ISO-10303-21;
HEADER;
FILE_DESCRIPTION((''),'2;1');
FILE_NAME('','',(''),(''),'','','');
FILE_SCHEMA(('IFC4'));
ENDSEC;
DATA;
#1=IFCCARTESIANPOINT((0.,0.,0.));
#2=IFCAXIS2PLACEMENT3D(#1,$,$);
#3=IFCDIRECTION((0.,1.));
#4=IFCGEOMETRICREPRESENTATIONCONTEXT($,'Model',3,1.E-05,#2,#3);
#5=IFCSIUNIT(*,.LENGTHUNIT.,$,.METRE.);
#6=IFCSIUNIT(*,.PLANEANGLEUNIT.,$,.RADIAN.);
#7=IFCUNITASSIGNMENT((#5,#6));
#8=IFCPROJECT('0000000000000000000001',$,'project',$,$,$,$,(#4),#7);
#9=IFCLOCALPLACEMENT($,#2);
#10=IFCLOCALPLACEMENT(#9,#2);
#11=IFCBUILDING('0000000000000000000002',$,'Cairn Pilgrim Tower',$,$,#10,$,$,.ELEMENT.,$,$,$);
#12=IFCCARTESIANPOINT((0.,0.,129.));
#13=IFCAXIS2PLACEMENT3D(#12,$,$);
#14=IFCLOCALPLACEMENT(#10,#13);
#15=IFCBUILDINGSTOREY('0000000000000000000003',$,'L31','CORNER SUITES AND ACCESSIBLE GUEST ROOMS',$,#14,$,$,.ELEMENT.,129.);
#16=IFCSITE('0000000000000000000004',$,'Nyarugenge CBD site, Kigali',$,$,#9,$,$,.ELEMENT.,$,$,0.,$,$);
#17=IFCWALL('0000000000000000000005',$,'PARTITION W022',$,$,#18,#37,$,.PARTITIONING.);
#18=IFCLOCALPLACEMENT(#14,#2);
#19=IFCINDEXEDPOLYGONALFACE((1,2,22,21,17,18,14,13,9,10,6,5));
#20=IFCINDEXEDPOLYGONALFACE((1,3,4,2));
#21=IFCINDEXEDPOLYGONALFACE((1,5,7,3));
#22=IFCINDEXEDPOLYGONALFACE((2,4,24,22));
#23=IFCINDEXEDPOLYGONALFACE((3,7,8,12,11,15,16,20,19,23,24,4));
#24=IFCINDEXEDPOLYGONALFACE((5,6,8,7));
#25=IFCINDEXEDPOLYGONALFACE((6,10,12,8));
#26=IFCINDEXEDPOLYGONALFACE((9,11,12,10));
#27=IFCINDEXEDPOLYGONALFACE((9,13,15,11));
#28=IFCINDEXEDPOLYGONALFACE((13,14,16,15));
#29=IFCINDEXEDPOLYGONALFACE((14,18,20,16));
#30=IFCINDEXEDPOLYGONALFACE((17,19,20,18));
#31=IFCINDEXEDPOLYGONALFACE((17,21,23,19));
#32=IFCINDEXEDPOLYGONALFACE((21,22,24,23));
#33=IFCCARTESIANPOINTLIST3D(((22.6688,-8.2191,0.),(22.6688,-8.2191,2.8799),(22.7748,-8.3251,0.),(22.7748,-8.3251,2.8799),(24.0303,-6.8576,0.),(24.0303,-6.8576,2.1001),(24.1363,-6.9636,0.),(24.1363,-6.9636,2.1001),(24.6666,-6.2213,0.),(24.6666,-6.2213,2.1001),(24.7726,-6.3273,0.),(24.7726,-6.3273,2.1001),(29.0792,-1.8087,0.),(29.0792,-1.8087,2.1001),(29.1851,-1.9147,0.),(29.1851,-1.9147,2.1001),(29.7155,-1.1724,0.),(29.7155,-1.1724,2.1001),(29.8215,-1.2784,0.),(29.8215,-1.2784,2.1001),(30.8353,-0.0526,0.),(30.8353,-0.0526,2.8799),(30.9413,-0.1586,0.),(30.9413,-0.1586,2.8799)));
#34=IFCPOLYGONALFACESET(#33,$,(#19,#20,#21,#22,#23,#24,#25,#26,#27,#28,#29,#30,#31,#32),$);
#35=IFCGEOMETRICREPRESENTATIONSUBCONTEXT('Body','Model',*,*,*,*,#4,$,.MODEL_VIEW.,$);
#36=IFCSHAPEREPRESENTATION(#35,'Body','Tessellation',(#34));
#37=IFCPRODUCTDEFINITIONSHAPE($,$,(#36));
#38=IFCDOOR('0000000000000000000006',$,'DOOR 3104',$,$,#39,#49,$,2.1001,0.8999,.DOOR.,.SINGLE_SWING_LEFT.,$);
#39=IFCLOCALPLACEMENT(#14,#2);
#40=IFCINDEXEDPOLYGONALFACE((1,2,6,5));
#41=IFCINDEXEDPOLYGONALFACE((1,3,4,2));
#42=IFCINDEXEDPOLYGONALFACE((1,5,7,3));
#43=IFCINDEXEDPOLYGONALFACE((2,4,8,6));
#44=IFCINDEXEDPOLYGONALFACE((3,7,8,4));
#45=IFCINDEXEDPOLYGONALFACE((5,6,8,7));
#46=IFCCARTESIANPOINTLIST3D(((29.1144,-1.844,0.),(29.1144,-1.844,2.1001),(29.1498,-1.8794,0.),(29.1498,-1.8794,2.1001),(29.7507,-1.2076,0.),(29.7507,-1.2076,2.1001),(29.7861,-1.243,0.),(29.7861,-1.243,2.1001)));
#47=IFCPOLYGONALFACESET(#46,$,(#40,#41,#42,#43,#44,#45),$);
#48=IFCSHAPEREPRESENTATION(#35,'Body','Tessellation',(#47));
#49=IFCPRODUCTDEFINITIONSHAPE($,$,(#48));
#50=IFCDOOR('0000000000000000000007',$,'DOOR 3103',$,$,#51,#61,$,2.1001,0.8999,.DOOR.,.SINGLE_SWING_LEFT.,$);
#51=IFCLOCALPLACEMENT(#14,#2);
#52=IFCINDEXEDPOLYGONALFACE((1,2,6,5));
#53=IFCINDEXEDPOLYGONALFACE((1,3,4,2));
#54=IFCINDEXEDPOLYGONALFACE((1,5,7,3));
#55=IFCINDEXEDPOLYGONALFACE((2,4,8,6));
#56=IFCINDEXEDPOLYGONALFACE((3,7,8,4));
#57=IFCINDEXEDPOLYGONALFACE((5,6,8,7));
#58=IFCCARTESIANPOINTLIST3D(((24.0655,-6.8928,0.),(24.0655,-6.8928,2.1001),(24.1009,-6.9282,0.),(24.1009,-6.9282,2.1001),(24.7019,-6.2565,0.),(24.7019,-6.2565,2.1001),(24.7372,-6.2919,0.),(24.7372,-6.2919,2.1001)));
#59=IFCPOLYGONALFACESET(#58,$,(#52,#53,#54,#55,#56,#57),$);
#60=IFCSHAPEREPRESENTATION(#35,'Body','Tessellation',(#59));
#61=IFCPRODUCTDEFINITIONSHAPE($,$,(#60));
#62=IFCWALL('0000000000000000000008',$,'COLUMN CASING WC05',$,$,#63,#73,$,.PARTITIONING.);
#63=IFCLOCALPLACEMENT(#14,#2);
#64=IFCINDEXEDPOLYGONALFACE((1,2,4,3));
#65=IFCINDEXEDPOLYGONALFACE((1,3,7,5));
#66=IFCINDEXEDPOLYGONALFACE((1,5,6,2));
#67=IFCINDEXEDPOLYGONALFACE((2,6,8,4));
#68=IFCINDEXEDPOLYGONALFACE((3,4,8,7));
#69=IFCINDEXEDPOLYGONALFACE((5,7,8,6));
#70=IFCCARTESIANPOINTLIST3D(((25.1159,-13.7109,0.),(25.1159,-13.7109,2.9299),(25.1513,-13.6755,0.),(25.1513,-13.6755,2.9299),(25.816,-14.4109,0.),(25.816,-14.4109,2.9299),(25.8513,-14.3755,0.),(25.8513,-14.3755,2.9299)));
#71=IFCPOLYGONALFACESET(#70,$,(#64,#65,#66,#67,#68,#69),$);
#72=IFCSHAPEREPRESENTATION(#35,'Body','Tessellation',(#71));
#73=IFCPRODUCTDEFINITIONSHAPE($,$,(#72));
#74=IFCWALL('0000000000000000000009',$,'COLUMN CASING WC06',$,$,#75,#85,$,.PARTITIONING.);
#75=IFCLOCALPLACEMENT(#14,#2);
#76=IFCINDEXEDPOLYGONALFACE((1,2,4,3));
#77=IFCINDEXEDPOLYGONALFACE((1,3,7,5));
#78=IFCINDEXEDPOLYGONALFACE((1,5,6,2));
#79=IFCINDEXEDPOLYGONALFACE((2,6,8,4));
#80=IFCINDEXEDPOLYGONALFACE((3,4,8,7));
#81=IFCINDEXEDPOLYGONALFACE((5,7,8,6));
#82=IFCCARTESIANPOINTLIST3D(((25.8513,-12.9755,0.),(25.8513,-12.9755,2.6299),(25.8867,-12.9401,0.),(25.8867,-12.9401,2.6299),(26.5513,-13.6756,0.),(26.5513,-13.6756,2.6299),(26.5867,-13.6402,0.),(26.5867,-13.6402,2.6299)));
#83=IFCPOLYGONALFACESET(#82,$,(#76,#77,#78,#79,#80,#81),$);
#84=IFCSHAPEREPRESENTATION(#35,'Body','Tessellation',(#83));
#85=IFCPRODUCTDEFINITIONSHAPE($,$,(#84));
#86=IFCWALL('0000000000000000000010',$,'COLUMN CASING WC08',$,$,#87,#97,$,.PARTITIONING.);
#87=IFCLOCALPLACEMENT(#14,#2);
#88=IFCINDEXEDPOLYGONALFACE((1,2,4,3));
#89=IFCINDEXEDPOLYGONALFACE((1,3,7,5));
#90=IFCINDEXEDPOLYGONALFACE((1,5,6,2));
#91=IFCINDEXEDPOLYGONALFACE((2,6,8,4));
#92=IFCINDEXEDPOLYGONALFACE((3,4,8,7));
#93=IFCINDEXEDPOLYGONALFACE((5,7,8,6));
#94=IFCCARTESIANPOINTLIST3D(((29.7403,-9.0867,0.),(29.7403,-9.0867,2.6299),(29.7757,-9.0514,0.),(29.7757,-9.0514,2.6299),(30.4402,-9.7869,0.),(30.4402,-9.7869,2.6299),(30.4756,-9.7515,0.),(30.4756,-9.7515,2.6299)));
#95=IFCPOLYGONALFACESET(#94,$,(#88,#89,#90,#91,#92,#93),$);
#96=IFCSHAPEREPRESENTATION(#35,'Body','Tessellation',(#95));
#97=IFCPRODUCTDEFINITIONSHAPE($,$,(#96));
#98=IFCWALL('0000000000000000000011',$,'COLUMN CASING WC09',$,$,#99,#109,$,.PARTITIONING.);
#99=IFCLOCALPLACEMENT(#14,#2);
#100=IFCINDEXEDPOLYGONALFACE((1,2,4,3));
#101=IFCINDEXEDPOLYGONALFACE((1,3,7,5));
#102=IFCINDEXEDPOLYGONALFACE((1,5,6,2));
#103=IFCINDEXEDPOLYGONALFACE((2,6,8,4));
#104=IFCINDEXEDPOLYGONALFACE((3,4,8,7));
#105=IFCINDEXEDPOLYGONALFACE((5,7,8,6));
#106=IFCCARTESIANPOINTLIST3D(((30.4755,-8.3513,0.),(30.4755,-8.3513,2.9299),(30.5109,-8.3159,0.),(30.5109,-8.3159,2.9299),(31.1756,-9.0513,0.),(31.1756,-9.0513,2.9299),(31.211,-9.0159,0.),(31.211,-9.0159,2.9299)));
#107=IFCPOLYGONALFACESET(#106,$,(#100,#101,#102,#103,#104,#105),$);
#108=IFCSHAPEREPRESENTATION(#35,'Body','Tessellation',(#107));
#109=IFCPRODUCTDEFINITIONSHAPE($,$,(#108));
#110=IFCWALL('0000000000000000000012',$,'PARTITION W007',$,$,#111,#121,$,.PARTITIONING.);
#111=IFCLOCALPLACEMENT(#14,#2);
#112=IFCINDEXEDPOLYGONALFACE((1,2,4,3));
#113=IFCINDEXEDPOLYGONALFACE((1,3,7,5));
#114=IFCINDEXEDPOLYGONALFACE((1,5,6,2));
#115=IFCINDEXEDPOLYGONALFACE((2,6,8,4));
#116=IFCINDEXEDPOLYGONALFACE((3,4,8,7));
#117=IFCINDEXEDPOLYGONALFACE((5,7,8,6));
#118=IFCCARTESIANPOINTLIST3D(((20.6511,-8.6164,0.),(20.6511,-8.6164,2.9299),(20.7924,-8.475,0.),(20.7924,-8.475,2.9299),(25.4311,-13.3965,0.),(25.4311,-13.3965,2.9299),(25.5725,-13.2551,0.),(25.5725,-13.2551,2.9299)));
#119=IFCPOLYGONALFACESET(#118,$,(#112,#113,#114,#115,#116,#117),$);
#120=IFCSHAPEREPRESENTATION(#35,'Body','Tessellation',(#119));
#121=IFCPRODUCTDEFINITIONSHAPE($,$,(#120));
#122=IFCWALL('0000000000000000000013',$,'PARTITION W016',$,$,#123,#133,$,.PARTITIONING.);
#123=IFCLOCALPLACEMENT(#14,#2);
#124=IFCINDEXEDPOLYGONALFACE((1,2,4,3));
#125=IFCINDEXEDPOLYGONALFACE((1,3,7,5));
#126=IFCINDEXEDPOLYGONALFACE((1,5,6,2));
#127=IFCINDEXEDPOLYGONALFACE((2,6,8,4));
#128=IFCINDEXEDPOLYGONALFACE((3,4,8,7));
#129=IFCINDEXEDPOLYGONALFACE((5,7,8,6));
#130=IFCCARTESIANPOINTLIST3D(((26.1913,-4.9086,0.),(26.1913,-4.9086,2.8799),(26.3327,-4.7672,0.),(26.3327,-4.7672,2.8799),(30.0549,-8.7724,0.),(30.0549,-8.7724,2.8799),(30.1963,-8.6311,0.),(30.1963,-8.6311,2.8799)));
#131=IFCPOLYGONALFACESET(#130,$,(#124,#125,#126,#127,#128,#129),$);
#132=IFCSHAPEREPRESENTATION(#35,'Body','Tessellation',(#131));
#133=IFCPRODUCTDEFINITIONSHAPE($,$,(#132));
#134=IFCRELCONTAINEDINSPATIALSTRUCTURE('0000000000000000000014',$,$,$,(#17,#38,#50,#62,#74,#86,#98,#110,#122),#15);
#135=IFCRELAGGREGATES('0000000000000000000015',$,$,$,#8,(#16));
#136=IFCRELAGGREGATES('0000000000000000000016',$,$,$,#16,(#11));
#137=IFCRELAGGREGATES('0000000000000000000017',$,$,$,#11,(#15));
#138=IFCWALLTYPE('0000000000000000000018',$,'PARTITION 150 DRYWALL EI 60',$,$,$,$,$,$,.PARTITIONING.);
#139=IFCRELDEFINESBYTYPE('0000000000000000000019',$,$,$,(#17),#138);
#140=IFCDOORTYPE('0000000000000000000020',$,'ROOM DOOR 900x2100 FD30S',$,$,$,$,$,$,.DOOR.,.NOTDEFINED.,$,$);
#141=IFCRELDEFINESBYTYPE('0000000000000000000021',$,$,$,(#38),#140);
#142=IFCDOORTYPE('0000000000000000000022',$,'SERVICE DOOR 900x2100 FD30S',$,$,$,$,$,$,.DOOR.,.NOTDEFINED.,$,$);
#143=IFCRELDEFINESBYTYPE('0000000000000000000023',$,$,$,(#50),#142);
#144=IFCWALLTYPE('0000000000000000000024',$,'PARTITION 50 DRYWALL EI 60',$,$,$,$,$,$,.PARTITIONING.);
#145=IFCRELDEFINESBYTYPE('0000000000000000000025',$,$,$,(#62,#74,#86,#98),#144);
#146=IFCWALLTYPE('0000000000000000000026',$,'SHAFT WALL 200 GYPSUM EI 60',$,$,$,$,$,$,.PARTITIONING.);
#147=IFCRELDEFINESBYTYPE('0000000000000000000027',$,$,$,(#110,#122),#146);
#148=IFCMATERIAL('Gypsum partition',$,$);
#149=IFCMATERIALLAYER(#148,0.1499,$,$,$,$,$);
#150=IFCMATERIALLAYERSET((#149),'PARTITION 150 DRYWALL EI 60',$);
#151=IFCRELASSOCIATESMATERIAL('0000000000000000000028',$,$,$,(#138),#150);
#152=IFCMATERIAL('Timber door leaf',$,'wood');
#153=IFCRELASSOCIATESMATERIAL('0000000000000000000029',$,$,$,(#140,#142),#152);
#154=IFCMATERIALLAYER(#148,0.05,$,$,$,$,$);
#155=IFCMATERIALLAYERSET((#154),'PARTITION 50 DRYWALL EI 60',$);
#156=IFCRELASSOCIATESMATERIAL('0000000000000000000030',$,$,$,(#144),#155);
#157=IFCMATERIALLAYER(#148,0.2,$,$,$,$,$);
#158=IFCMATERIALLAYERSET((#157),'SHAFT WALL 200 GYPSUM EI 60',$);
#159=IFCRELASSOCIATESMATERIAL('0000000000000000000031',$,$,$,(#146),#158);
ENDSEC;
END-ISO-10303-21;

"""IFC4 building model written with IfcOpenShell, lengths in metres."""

from ifc_helpers import new_model, si_unit, direction, frame, frame_2d, origin, place, context, subcontext, project, spatial, rectangle, extrude, material, layer, layer_set, type_object, element, fill, save


model = new_model("IFC4")

# Units and contexts
model_context = context("Model", 3, precision=1e-05, world=origin(), true_north=direction((0.0, 1.0)))
body_context = subcontext(model_context, "Body", "Model", "MODEL_VIEW")
ifc_project = project(units=[si_unit("LENGTHUNIT", "METRE"), si_unit("PLANEANGLEUNIT", "RADIAN")], contexts=[model_context])

# Site, building, storey
site_placement = place(None, origin())
site = spatial("IfcSite", under=ifc_project, at=site_placement, Name="Nyarugenge CBD site, Kigali", CompositionType="ELEMENT", RefElevation=0.0)
building_placement = place(site_placement, origin())
building = spatial("IfcBuilding", under=site, at=building_placement, Name="Cairn Pilgrim Tower", CompositionType="ELEMENT")
storey_placement = place(building_placement, frame((0.0, 0.0, 129.0)))
storey = spatial("IfcBuildingStorey", under=building, at=storey_placement, Name="L31", Description="CORNER SUITES AND ACCESSIBLE GUEST ROOMS", CompositionType="ELEMENT", Elevation=129.0)

# Shared definitions
ifc_material_1 = material(Name="Gypsum partition")
ifc_layer_1 = layer(ifc_material_1, 0.1499)
ifc_layer_set_1 = layer_set([ifc_layer_1], Name="PARTITION 150 DRYWALL EI 60")
wall_type_1 = type_object("IfcWallType", Name="PARTITION 150 DRYWALL EI 60", PredefinedType="PARTITIONING", material=ifc_layer_set_1)

# Wall, openings, doors
wall_1_placement = place(storey_placement, frame((22.7219, -8.272, 0.0), z_axis=(0.0, 0.0, 1.0), x_axis=(0.707107, 0.707107, 0.0)))
wall_1 = element("IfcWall", 1, at=wall_1_placement, inside=storey, type_object=wall_type_1, Name="PARTITION W022", PredefinedType="PARTITIONING", context=body_context, shape_type="SweptSolid", body=[
    extrude(rectangle(XDim=11.5491, YDim=0.1499, at=frame_2d((5.7744, 0.0))), origin(), (0.0, 0.0, 1.0), 2.8799),
])
opening_1_placement = place(wall_1_placement, frame((1.9253, 0.0, 0.0)))
opening_1 = element("IfcOpeningElement", 2, at=opening_1_placement, cuts=wall_1, PredefinedType="OPENING", context=body_context, shape_type="SweptSolid", body=[
    extrude(rectangle(XDim=0.8999, YDim=2.1001, at=frame_2d((0.45, 1.05))), frame((0.0, 0.085, 0.0), z_axis=(0.0, -1.0, 0.0), x_axis=(1.0, 0.0, 0.0)), (0.0, 0.0, 1.0), 0.1699),
])
opening_2_placement = place(wall_1_placement, frame((9.0654, 0.0, 0.0)))
opening_2 = element("IfcOpeningElement", 3, at=opening_2_placement, cuts=wall_1, PredefinedType="OPENING", context=body_context, shape_type="SweptSolid", body=[
    extrude(rectangle(XDim=0.8999, YDim=2.1001, at=frame_2d((0.45, 1.05))), frame((0.0, 0.085, 0.0), z_axis=(0.0, -1.0, 0.0), x_axis=(1.0, 0.0, 0.0)), (0.0, 0.0, 1.0), 0.1699),
])
ifc_material_2 = material(Name="Timber door leaf", Category="wood")
door_type_1 = type_object("IfcDoorType", Name="ROOM DOOR 900x2100 FD30S", OperationType="NOTDEFINED", PredefinedType="DOOR", material=ifc_material_2)
door_1_placement = place(opening_2_placement, frame((0.8999, 0.0, 0.0), z_axis=(0.0, 0.0, 1.0), x_axis=(-1.0, 0.0, 0.0)))
door_1 = element("IfcDoor", 4, at=door_1_placement, inside=storey, type_object=door_type_1, Name="DOOR 3104", OperationType="SINGLE_SWING_LEFT", OverallHeight=2.1001, OverallWidth=0.8999, PredefinedType="DOOR", context=body_context, shape_type="SweptSolid", body=[
    extrude(rectangle(XDim=0.8999, YDim=2.1001, at=frame_2d((0.45, 1.05))), frame((0.0, 0.0249, 0.0), z_axis=(0.0, -1.0, 0.0), x_axis=(1.0, 0.0, 0.0)), (0.0, 0.0, 1.0), 0.05),
])
fill(opening_2, door_1)
door_type_2 = type_object("IfcDoorType", Name="SERVICE DOOR 900x2100 FD30S", OperationType="NOTDEFINED", PredefinedType="DOOR", material=ifc_material_2)
door_2_placement = place(opening_1_placement, frame((0.8999, 0.0, 0.0), z_axis=(0.0, 0.0, 1.0), x_axis=(-1.0, 0.0, 0.0)))
door_2 = element("IfcDoor", 5, at=door_2_placement, inside=storey, type_object=door_type_2, Name="DOOR 3103", OperationType="SINGLE_SWING_LEFT", OverallHeight=2.1001, OverallWidth=0.8999, PredefinedType="DOOR", context=body_context, shape_type="SweptSolid", body=[
    extrude(rectangle(XDim=0.8999, YDim=2.1001, at=frame_2d((0.45, 1.05))), frame((0.0, 0.0249, 0.0), z_axis=(0.0, -1.0, 0.0), x_axis=(1.0, 0.0, 0.0)), (0.0, 0.0, 1.0), 0.05),
])
fill(opening_1, door_2)

# Walls
ifc_layer_2 = layer(ifc_material_1, 0.05)
ifc_layer_set_2 = layer_set([ifc_layer_2], Name="PARTITION 50 DRYWALL EI 60")
wall_type_2 = type_object("IfcWallType", Name="PARTITION 50 DRYWALL EI 60", PredefinedType="PARTITIONING", material=ifc_layer_set_2)
wall_2_placement = place(storey_placement, frame((25.8337, -14.3933, 0.0), z_axis=(0.0, 0.0, 1.0), x_axis=(-0.707107, 0.707107, 0.0)))
element("IfcWall", 6, at=wall_2_placement, inside=storey, type_object=wall_type_2, Name="COLUMN CASING WC05", PredefinedType="PARTITIONING", context=body_context, shape_type="SweptSolid", body=[
    extrude(rectangle(XDim=0.99, YDim=0.05, at=frame_2d((0.4951, 0.0))), origin(), (0.0, 0.0, 1.0), 2.9299),
])
for number, where, z_axis, x_axis, name in (
    (7, (26.5691, -13.658, 0.0), (0.0, 0.0, 1.0), (-0.707107, 0.707107, 0.0), "COLUMN CASING WC06"),
    (8, (30.458, -9.7693, 0.0), (0.0, 0.0, 1.0), (-0.706983, 0.70723, 0.0), "COLUMN CASING WC08"),
):
    element("IfcWall", number, at=place(storey_placement, frame(where, z_axis=z_axis, x_axis=x_axis)), inside=storey, type_object=wall_type_2, Name=name, PredefinedType="PARTITIONING", context=body_context, shape_type="SweptSolid", body=[
        extrude(rectangle(XDim=0.99, YDim=0.05, at=frame_2d((0.4951, 0.0))), origin(), (0.0, 0.0, 1.0), 2.6299),
    ])
wall_3_placement = place(storey_placement, frame((31.1934, -9.0337, 0.0), z_axis=(0.0, 0.0, 1.0), x_axis=(-0.707107, 0.707107, 0.0)))
element("IfcWall", 9, at=wall_3_placement, inside=storey, type_object=wall_type_2, Name="COLUMN CASING WC09", PredefinedType="PARTITIONING", context=body_context, shape_type="SweptSolid", body=[
    extrude(rectangle(XDim=0.99, YDim=0.05, at=frame_2d((0.4951, 0.0))), origin(), (0.0, 0.0, 1.0), 2.9299),
])
ifc_layer_3 = layer(ifc_material_1, 0.2)
ifc_layer_set_3 = layer_set([ifc_layer_3], Name="SHAFT WALL 200 GYPSUM EI 60")
wall_type_3 = type_object("IfcWallType", Name="SHAFT WALL 200 GYPSUM EI 60", PredefinedType="PARTITIONING", material=ifc_layer_set_3)
wall_4_placement = place(storey_placement, frame((25.5017, -13.3257, 0.0), z_axis=(0.0, 0.0, 1.0), x_axis=(-0.707107, 0.707107, 0.0)))
element("IfcWall", 10, at=wall_4_placement, inside=storey, type_object=wall_type_3, Name="PARTITION W007", PredefinedType="PARTITIONING", context=body_context, shape_type="SweptSolid", body=[
    extrude(rectangle(XDim=6.76, YDim=0.2, at=frame_2d((3.3799, 0.0))), origin(), (0.0, 0.0, 1.0), 2.9299),
])
wall_5_placement = place(storey_placement, frame((30.1255, -8.7017, 0.0), z_axis=(0.0, 0.0, 1.0), x_axis=(-0.707084, 0.707129, 0.0)))
element("IfcWall", 11, at=wall_5_placement, inside=storey, type_object=wall_type_3, Name="PARTITION W016", PredefinedType="PARTITIONING", context=body_context, shape_type="SweptSolid", body=[
    extrude(rectangle(XDim=5.4641, YDim=0.2, at=frame_2d((2.7319, 0.0))), origin(), (0.0, 0.0, 1.0), 2.8799),
])

save(model, "model.ifc")
